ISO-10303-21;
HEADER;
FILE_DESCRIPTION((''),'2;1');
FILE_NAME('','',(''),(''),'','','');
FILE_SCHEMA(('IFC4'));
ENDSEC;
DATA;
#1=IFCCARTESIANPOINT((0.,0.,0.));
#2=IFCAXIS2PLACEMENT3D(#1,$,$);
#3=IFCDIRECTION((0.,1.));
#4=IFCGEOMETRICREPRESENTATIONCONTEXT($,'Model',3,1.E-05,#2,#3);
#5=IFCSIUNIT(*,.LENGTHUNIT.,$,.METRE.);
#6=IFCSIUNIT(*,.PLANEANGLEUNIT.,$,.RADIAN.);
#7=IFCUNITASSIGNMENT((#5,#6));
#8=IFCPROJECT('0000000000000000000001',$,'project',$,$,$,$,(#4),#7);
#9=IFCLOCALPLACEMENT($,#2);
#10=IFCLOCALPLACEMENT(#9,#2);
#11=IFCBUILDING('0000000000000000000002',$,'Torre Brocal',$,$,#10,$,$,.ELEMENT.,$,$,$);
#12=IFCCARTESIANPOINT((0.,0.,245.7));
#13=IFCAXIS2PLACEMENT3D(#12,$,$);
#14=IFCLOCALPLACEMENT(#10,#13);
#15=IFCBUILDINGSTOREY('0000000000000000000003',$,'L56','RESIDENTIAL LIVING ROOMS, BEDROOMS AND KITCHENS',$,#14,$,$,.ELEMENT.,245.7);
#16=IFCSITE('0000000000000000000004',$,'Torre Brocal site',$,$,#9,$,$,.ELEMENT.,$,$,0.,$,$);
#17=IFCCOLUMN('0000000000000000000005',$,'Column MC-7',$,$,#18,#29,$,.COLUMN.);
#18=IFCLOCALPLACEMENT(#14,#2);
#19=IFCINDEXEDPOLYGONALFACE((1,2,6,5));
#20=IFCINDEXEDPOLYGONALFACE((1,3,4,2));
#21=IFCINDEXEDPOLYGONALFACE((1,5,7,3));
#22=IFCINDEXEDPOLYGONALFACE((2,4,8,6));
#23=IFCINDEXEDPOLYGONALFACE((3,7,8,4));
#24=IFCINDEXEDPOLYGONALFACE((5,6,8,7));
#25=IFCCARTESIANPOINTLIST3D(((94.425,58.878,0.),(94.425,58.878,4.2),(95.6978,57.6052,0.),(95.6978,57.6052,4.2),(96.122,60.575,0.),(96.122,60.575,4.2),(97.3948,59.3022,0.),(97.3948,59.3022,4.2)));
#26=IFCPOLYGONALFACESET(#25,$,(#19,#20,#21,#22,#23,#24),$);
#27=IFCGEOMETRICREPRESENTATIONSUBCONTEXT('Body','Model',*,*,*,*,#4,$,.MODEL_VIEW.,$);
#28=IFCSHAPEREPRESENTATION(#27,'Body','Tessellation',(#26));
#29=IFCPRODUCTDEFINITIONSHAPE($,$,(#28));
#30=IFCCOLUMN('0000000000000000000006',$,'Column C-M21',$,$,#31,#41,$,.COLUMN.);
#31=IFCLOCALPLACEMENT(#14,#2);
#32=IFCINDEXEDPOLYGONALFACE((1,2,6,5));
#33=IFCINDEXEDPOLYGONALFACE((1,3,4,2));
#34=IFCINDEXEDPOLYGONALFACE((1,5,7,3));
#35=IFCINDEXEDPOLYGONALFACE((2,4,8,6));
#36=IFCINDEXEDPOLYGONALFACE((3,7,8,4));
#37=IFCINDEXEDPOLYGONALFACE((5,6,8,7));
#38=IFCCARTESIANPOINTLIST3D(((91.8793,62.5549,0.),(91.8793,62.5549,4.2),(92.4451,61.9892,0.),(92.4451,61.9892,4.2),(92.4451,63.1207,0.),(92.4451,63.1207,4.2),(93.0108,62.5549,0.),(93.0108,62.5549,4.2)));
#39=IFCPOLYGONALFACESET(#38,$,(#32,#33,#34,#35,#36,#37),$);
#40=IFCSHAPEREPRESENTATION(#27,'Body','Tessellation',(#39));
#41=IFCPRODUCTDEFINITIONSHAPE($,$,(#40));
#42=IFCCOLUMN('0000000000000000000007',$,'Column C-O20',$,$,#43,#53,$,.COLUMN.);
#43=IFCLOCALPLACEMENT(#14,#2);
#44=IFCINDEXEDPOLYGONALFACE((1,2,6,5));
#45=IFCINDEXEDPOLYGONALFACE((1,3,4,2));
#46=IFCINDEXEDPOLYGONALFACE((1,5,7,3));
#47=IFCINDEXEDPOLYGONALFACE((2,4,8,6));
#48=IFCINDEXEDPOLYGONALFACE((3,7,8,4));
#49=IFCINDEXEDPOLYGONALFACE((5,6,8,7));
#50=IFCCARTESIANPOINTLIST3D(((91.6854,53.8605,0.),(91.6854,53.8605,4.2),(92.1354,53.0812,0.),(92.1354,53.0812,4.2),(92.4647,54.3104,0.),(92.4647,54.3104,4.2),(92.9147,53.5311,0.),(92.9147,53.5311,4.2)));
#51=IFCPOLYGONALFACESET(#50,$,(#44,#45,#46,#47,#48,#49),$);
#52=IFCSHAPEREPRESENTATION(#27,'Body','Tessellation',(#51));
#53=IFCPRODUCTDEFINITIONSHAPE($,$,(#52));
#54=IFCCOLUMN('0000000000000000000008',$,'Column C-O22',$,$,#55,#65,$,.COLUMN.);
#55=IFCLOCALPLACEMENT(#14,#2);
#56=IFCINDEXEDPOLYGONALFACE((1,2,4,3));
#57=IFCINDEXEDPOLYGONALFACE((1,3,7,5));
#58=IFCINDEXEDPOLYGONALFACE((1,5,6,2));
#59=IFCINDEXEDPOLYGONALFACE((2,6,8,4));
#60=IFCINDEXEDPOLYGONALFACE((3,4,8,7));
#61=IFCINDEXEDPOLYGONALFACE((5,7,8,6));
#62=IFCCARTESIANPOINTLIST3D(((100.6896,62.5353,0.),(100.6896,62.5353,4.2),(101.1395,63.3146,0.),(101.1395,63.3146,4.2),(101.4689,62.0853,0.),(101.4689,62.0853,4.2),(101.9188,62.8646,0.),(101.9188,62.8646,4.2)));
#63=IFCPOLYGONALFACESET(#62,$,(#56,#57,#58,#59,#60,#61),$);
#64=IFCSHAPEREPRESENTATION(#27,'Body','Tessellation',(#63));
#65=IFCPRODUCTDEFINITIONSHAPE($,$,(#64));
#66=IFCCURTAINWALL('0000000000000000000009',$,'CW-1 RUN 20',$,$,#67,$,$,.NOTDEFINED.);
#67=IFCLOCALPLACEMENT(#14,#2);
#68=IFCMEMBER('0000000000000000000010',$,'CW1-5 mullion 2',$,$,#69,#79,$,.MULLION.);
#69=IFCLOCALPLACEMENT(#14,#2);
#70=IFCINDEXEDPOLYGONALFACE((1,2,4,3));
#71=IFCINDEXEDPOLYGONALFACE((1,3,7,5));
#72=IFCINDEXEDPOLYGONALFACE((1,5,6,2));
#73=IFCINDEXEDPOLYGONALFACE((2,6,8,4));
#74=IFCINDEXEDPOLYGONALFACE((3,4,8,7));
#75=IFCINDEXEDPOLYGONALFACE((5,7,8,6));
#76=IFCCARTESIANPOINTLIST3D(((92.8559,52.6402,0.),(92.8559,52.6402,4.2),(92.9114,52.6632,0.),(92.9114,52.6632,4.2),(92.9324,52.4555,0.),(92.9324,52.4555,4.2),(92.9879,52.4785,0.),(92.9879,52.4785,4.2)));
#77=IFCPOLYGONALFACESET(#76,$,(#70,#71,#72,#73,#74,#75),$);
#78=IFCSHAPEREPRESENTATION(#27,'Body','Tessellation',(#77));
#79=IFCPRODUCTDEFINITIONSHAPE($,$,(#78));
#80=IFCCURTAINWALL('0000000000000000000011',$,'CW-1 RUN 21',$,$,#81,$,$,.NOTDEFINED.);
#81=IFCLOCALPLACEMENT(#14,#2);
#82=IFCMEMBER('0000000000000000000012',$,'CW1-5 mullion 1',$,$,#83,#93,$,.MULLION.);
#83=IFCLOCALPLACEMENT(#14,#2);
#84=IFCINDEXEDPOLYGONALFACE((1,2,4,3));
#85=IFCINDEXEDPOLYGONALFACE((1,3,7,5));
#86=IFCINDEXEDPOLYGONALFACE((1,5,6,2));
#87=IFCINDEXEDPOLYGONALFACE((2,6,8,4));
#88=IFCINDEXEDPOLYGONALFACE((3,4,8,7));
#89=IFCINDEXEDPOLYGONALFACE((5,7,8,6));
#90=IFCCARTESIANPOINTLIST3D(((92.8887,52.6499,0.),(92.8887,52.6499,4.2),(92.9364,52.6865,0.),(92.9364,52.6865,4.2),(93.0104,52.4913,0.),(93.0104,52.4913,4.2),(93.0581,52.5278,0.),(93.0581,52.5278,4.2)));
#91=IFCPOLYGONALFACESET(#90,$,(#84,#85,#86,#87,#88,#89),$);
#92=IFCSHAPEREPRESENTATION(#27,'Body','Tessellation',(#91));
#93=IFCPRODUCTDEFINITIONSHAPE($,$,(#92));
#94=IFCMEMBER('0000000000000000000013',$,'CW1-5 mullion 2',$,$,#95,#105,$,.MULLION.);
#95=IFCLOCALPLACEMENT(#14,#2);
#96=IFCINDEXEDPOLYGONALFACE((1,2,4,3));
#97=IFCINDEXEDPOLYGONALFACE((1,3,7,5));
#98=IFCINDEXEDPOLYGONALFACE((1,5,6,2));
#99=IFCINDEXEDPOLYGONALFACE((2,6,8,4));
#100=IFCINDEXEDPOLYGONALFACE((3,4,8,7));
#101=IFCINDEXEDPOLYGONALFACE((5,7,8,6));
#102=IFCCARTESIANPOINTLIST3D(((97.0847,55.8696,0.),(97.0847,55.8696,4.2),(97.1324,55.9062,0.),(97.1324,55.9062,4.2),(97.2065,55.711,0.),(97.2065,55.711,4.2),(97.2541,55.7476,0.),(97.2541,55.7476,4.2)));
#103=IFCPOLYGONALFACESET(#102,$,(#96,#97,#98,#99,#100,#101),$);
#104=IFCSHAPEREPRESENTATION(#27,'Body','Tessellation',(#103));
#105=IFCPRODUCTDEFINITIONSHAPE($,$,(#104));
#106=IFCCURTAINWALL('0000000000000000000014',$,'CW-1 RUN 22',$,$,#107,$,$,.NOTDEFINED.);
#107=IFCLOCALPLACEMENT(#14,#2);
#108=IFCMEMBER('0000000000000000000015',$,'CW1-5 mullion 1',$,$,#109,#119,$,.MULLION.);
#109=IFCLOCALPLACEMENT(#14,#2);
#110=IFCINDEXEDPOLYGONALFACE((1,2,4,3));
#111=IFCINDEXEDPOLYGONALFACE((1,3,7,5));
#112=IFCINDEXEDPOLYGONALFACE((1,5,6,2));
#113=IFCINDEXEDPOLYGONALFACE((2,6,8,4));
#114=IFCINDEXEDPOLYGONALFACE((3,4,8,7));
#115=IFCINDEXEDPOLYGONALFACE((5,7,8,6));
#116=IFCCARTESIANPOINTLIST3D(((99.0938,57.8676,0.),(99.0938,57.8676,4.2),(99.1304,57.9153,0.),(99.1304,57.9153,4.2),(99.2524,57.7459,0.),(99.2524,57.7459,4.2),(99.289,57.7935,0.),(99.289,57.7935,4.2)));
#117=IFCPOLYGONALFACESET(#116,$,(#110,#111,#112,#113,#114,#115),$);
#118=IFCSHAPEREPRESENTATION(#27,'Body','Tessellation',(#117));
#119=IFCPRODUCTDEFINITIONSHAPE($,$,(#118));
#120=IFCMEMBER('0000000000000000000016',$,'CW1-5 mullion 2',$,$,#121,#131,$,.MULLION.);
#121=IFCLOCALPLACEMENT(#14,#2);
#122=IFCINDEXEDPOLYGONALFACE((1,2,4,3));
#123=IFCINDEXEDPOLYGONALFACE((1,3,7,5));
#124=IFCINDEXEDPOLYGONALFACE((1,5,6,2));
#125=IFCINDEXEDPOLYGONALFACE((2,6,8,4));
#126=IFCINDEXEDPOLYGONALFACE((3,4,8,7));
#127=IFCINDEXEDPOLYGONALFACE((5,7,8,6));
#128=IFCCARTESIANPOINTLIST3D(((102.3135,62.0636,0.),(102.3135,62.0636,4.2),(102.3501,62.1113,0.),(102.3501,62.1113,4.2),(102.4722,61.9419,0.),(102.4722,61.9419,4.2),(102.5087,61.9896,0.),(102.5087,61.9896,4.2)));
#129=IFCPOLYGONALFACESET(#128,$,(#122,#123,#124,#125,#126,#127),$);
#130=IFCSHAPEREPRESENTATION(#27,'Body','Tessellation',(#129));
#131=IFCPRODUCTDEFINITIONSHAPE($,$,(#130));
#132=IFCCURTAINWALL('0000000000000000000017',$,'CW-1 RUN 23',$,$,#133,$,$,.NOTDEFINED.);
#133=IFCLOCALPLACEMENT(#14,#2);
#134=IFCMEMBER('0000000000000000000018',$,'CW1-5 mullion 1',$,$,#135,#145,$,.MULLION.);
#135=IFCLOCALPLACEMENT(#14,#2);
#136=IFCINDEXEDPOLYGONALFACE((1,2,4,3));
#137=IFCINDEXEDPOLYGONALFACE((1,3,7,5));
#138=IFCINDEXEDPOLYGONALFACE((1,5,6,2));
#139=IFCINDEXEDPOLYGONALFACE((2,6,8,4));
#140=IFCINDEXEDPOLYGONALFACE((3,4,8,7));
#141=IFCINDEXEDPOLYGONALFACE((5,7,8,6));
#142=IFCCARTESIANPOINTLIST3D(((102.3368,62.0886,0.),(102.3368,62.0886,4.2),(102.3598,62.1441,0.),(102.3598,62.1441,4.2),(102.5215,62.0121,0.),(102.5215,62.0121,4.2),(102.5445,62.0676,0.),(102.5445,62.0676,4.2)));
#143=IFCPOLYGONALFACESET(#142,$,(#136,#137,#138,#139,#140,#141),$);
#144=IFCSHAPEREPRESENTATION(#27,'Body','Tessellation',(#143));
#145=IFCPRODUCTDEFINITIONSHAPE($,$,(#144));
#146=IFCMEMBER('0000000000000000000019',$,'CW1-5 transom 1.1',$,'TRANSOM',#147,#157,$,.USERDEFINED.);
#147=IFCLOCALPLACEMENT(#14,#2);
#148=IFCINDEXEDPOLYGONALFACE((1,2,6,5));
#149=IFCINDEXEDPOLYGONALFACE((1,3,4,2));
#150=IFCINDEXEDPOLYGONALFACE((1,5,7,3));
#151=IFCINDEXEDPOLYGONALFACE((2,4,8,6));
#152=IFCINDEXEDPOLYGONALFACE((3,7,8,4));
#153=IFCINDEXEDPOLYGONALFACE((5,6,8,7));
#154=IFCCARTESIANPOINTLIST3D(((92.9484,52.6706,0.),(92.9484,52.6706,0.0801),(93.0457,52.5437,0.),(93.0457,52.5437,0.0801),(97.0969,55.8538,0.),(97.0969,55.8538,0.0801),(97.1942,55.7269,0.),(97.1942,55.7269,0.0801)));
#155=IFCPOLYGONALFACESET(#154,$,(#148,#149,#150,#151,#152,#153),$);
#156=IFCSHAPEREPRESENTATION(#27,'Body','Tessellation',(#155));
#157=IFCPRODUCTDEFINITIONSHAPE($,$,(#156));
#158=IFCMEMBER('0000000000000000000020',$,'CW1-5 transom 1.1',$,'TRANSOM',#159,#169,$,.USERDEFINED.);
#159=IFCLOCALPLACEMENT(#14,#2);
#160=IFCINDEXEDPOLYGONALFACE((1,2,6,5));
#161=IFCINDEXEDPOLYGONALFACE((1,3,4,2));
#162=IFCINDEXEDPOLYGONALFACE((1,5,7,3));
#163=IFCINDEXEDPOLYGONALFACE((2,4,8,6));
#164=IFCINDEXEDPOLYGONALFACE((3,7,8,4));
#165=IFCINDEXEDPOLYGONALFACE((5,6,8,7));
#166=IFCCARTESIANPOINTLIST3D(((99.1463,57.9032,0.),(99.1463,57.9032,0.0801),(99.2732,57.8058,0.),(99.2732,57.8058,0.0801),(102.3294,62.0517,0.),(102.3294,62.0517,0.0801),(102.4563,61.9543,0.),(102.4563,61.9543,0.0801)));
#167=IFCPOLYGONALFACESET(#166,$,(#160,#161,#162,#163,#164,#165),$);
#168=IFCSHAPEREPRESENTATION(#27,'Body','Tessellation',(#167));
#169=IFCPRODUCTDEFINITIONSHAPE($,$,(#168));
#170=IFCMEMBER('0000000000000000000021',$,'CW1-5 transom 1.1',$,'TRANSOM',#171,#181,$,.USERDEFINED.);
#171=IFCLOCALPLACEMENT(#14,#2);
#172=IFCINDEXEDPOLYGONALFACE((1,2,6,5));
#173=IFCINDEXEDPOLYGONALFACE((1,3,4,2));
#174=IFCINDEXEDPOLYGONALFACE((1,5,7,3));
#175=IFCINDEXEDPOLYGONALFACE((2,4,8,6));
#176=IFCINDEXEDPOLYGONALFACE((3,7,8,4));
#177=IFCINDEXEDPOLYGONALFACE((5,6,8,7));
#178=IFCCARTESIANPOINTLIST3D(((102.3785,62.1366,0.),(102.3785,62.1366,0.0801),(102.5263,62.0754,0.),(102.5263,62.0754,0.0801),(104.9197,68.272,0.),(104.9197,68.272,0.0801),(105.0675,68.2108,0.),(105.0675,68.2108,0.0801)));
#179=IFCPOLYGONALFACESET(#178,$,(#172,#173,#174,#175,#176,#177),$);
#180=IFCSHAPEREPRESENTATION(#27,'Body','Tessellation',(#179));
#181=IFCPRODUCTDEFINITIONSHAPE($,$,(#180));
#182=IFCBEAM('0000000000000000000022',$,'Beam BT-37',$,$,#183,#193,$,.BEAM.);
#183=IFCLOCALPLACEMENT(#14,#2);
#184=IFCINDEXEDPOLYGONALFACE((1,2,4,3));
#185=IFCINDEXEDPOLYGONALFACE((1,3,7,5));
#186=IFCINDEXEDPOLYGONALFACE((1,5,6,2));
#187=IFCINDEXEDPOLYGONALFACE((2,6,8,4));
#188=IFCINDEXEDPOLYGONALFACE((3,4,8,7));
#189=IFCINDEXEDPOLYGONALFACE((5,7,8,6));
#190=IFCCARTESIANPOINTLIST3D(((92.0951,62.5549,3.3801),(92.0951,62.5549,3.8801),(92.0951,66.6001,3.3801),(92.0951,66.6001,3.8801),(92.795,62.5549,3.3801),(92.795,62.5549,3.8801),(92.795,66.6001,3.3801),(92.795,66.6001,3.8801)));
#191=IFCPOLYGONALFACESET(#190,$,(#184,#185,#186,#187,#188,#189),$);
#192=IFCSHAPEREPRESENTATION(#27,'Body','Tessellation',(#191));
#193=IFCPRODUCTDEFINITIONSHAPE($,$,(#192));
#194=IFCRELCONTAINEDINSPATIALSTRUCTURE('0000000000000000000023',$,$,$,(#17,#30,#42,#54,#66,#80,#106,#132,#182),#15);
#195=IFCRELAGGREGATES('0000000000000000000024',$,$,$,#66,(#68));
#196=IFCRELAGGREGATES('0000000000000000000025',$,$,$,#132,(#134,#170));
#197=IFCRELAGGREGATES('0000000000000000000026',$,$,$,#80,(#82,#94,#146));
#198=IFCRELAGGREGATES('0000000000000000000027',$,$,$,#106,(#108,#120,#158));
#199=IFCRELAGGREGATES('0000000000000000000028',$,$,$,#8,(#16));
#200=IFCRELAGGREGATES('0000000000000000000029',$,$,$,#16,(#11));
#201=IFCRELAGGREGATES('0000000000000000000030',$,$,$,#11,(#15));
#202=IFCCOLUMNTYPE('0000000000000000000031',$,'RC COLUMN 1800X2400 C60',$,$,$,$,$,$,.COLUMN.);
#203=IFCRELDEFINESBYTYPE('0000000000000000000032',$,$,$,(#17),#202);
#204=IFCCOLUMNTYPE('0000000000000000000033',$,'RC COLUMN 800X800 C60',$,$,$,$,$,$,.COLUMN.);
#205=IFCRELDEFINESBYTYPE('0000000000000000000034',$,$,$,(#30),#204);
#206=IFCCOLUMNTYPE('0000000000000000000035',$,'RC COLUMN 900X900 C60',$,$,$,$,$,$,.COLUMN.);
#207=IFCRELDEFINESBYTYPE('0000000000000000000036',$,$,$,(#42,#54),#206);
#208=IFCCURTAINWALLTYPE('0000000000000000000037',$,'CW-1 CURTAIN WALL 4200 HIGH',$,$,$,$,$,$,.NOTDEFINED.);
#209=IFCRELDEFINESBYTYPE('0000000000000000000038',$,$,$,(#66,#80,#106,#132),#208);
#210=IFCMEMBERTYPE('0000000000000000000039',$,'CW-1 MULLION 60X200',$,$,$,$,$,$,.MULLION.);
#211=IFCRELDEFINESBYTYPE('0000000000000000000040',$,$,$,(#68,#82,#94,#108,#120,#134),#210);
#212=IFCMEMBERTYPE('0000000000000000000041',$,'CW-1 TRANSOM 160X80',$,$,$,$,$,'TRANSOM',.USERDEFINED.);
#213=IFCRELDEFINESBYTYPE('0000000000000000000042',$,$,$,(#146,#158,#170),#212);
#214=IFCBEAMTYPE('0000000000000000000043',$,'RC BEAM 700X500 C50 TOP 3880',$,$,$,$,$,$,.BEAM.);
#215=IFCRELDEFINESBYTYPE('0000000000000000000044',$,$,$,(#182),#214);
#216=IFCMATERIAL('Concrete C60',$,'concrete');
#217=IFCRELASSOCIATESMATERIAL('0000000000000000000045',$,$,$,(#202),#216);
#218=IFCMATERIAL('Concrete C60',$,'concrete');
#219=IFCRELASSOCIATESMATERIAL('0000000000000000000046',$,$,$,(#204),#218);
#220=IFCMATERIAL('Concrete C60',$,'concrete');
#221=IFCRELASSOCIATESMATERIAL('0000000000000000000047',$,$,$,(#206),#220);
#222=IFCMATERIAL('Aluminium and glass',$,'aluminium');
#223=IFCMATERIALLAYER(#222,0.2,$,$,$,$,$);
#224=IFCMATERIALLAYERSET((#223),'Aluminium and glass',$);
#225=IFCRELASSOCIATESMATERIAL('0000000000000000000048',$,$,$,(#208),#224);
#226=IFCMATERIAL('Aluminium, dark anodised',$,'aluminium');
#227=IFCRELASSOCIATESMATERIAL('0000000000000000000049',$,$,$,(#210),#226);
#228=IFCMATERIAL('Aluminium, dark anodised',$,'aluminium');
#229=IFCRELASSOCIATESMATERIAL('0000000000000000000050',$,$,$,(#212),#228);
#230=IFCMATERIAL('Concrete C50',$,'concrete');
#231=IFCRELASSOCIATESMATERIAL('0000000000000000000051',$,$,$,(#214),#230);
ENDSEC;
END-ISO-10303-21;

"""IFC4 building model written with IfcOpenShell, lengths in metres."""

from ifc_helpers import new_model, si_unit, direction, frame, origin, origin_2d, place, context, subcontext, project, spatial, rectangle, extrude, material, layer, layer_set, material_profile, profile_set, type_object, element, aggregate, save


model = new_model("IFC4")

# Units and contexts
model_context = context("Model", 3, precision=1e-05, world=origin(), true_north=direction((0.0, 1.0)))
body_context = subcontext(model_context, "Body", "Model", "MODEL_VIEW")
ifc_project = project(units=[si_unit("LENGTHUNIT", "METRE"), si_unit("PLANEANGLEUNIT", "RADIAN")], contexts=[model_context])

# Site, building, storey
site_placement = place(None, origin())
site = spatial("IfcSite", under=ifc_project, at=site_placement, Name="Torre Brocal site", CompositionType="ELEMENT", RefElevation=0.0)
building_placement = place(site_placement, origin())
building = spatial("IfcBuilding", under=site, at=building_placement, Name="Torre Brocal", CompositionType="ELEMENT")
storey_placement = place(building_placement, frame((0.0, 0.0, 245.7)))
storey = spatial("IfcBuildingStorey", under=building, at=storey_placement, Name="L56", Description="RESIDENTIAL LIVING ROOMS, BEDROOMS AND KITCHENS", CompositionType="ELEMENT", Elevation=245.7)

# Columns
ifc_material_1 = material(Name="Concrete C60", Category="concrete")
ifc_material_profile_1 = material_profile(ifc_material_1, rectangle(XDim=1.8, YDim=2.3999, at=origin_2d()), Name="RC 1800X2400")
ifc_profile_set_1 = profile_set([ifc_material_profile_1], Name="Concrete C60")
column_type_1 = type_object("IfcColumnType", Name="RC COLUMN 1800X2400 C60", PredefinedType="COLUMN", material=ifc_profile_set_1)
column_1_placement = place(storey_placement, frame((95.9099, 59.0901, 0.0), z_axis=(0.0, 0.0, 1.0), x_axis=(0.707107, -0.707107, 0.0)))
element("IfcColumn", 1, at=column_1_placement, inside=storey, type_object=column_type_1, Name="Column MC-7", PredefinedType="COLUMN", context=body_context, shape_type="SweptSolid", body=[
    extrude(rectangle(XDim=1.8, YDim=2.3999, at=origin_2d()), origin(), (0.0, 0.0, 1.0), 4.2),
])
ifc_material_2 = material(Name="Concrete C60", Category="concrete")
ifc_material_profile_2 = material_profile(ifc_material_2, rectangle(XDim=0.8, YDim=0.8, at=origin_2d()), Name="RC 800X800")
ifc_profile_set_2 = profile_set([ifc_material_profile_2], Name="Concrete C60")
column_type_2 = type_object("IfcColumnType", Name="RC COLUMN 800X800 C60", PredefinedType="COLUMN", material=ifc_profile_set_2)
column_2_placement = place(storey_placement, frame((92.4451, 62.5549, 0.0), z_axis=(0.0, 0.0, 1.0), x_axis=(0.707107, -0.707107, 0.0)))
element("IfcColumn", 2, at=column_2_placement, inside=storey, type_object=column_type_2, Name="Column C-M21", PredefinedType="COLUMN", context=body_context, shape_type="SweptSolid", body=[
    extrude(rectangle(XDim=0.8, YDim=0.8, at=origin_2d()), origin(), (0.0, 0.0, 1.0), 4.2),
])
ifc_material_3 = material(Name="Concrete C60", Category="concrete")
ifc_material_profile_3 = material_profile(ifc_material_3, rectangle(XDim=0.8999, YDim=0.8999, at=origin_2d()), Name="RC 900X900")
ifc_profile_set_3 = profile_set([ifc_material_profile_3], Name="Concrete C60")
column_type_3 = type_object("IfcColumnType", Name="RC COLUMN 900X900 C60", PredefinedType="COLUMN", material=ifc_profile_set_3)
for number, where, z_axis, x_axis, name in (
    (3, (92.3, 53.6958, 0.0), (0.0, 0.0, 1.0), (0.5, -0.866025, 0.0), "Column C-O20"),
    (4, (101.3042, 62.7, 0.0), (0.0, 0.0, 1.0), (0.866025, -0.5, 0.0), "Column C-O22"),
):
    element("IfcColumn", number, at=place(storey_placement, frame(where, z_axis=z_axis, x_axis=x_axis)), inside=storey, type_object=column_type_3, Name=name, PredefinedType="COLUMN", context=body_context, shape_type="SweptSolid", body=[
        extrude(rectangle(XDim=0.8999, YDim=0.8999, at=origin_2d()), origin(), (0.0, 0.0, 1.0), 4.2),
    ])

# Curtain wall, member
ifc_material_4 = material(Name="Aluminium and glass", Category="aluminium")
ifc_layer_1 = layer(ifc_material_4, 0.2)
ifc_layer_set_1 = layer_set([ifc_layer_1], Name="Aluminium and glass")
curtain_wall_type = type_object("IfcCurtainWallType", Name="CW-1 CURTAIN WALL 4200 HIGH", PredefinedType="NOTDEFINED", material=ifc_layer_set_1)
curtain_wall_1_placement = place(storey_placement, origin())
curtain_wall_1 = element("IfcCurtainWall", 5, at=curtain_wall_1_placement, inside=storey, type_object=curtain_wall_type, Name="CW-1 RUN 20", PredefinedType="NOTDEFINED")
ifc_material_5 = material(Name="Aluminium, dark anodised", Category="aluminium")
ifc_material_profile_4 = material_profile(ifc_material_5, rectangle(XDim=0.2, YDim=0.0601, at=origin_2d()), Name="CW-1 MULLION 60X200")
ifc_profile_set_4 = profile_set([ifc_material_profile_4], Name="Aluminium, dark anodised")
member_type_1 = type_object("IfcMemberType", Name="CW-1 MULLION 60X200", PredefinedType="MULLION", material=ifc_profile_set_4)
member_1_placement = place(storey_placement, frame((92.9219, 52.5593, 0.0), z_axis=(0.0, 0.0, 1.0), x_axis=(-0.382683, 0.92388, 0.0)))
member_1 = element("IfcMember", 6, at=member_1_placement, type_object=member_type_1, Name="CW1-5 mullion 2", PredefinedType="MULLION", context=body_context, shape_type="SweptSolid", body=[
    extrude(rectangle(XDim=0.2, YDim=0.0601, at=origin_2d()), origin(), (0.0, 0.0, 1.0), 4.2),
])
aggregate(curtain_wall_1, [member_1])

# Curtain walls, members
curtain_wall_2_placement = place(storey_placement, origin())
curtain_wall_2 = element("IfcCurtainWall", 7, at=curtain_wall_2_placement, inside=storey, type_object=curtain_wall_type, Name="CW-1 RUN 21", PredefinedType="NOTDEFINED")
member_2_placement = place(storey_placement, frame((92.9734, 52.5889, 0.0), z_axis=(0.0, 0.0, 1.0), x_axis=(-0.608761, 0.793353, 0.0)))
member_2 = element("IfcMember", 8, at=member_2_placement, type_object=member_type_1, Name="CW1-5 mullion 1", PredefinedType="MULLION", context=body_context, shape_type="SweptSolid", body=[
    extrude(rectangle(XDim=0.2, YDim=0.0601, at=origin_2d()), origin(), (0.0, 0.0, 1.0), 4.2),
])
member_3_placement = place(storey_placement, frame((97.1694, 55.8086, 0.0), z_axis=(0.0, 0.0, 1.0), x_axis=(-0.608761, 0.793353, 0.0)))
member_3 = element("IfcMember", 9, at=member_3_placement, type_object=member_type_1, Name="CW1-5 mullion 2", PredefinedType="MULLION", context=body_context, shape_type="SweptSolid", body=[
    extrude(rectangle(XDim=0.2, YDim=0.0601, at=origin_2d()), origin(), (0.0, 0.0, 1.0), 4.2),
])
curtain_wall_3_placement = place(storey_placement, origin())
curtain_wall_3 = element("IfcCurtainWall", 10, at=curtain_wall_3_placement, inside=storey, type_object=curtain_wall_type, Name="CW-1 RUN 22", PredefinedType="NOTDEFINED")
member_4_placement = place(storey_placement, frame((99.1914, 57.8306, 0.0), z_axis=(0.0, 0.0, 1.0), x_axis=(-0.793353, 0.608761, 0.0)))
member_4 = element("IfcMember", 11, at=member_4_placement, type_object=member_type_1, Name="CW1-5 mullion 1", PredefinedType="MULLION", context=body_context, shape_type="SweptSolid", body=[
    extrude(rectangle(XDim=0.2, YDim=0.0601, at=origin_2d()), origin(), (0.0, 0.0, 1.0), 4.2),
])
member_5_placement = place(storey_placement, frame((102.4111, 62.0266, 0.0), z_axis=(0.0, 0.0, 1.0), x_axis=(-0.793353, 0.608761, 0.0)))
member_5 = element("IfcMember", 12, at=member_5_placement, type_object=member_type_1, Name="CW1-5 mullion 2", PredefinedType="MULLION", context=body_context, shape_type="SweptSolid", body=[
    extrude(rectangle(XDim=0.2, YDim=0.0601, at=origin_2d()), origin(), (0.0, 0.0, 1.0), 4.2),
])

# Curtain wall, member
curtain_wall_4_placement = place(storey_placement, origin())
curtain_wall_4 = element("IfcCurtainWall", 13, at=curtain_wall_4_placement, inside=storey, type_object=curtain_wall_type, Name="CW-1 RUN 23", PredefinedType="NOTDEFINED")
member_6_placement = place(storey_placement, frame((102.4407, 62.0781, 0.0), z_axis=(0.0, 0.0, 1.0), x_axis=(-0.92388, 0.382683, 0.0)))
member_6 = element("IfcMember", 14, at=member_6_placement, type_object=member_type_1, Name="CW1-5 mullion 1", PredefinedType="MULLION", context=body_context, shape_type="SweptSolid", body=[
    extrude(rectangle(XDim=0.2, YDim=0.0601, at=origin_2d()), origin(), (0.0, 0.0, 1.0), 4.2),
])

# Members
ifc_material_6 = material(Name="Aluminium, dark anodised", Category="aluminium")
ifc_material_profile_5 = material_profile(ifc_material_6, rectangle(XDim=0.1599, YDim=0.0801, at=origin_2d()), Name="CW-1 TRANSOM 160X80")
ifc_profile_set_5 = profile_set([ifc_material_profile_5], Name="Aluminium, dark anodised")
member_type_2 = type_object("IfcMemberType", Name="CW-1 TRANSOM 160X80", ElementType="TRANSOM", PredefinedType="USERDEFINED", material=ifc_profile_set_5)
member_7_placement = place(storey_placement, frame((92.9971, 52.6072, 0.04), z_axis=(0.793363, 0.608749, 0.0), x_axis=(-0.608749, 0.793363, 0.0)))
member_7 = element("IfcMember", 15, at=member_7_placement, type_object=member_type_2, Name="CW1-5 transom 1.1", ObjectType="TRANSOM", PredefinedType="USERDEFINED", context=body_context, shape_type="SweptSolid", body=[
    extrude(rectangle(XDim=0.1599, YDim=0.0801, at=origin_2d()), origin(), (0.0, 0.0, 1.0), 5.229),
])
member_8_placement = place(storey_placement, frame((99.2097, 57.8545, 0.04), z_axis=(0.608749, 0.793363, 0.0), x_axis=(-0.793363, 0.608749, 0.0)))
member_8 = element("IfcMember", 16, at=member_8_placement, type_object=member_type_2, Name="CW1-5 transom 1.1", ObjectType="TRANSOM", PredefinedType="USERDEFINED", context=body_context, shape_type="SweptSolid", body=[
    extrude(rectangle(XDim=0.1599, YDim=0.0801, at=origin_2d()), origin(), (0.0, 0.0, 1.0), 5.229),
])
member_9_placement = place(storey_placement, frame((102.4524, 62.106, 0.04), z_axis=(0.382665, 0.923887, 0.0), x_axis=(-0.923887, 0.382665, 0.0)))
member_9 = element("IfcMember", 17, at=member_9_placement, type_object=member_type_2, Name="CW1-5 transom 1.1", ObjectType="TRANSOM", PredefinedType="USERDEFINED", context=body_context, shape_type="SweptSolid", body=[
    extrude(rectangle(XDim=0.1599, YDim=0.0801, at=origin_2d()), origin(), (0.0, 0.0, 1.0), 6.6409),
])
aggregate(curtain_wall_4, [member_6, member_9])

# Beam
ifc_material_7 = material(Name="Concrete C50", Category="concrete")
ifc_material_profile_6 = material_profile(ifc_material_7, rectangle(XDim=0.7, YDim=0.5, at=origin_2d()), Name="RC 700X500")
ifc_profile_set_6 = profile_set([ifc_material_profile_6], Name="Concrete C50")
beam_type_1 = type_object("IfcBeamType", Name="RC BEAM 700X500 C50 TOP 3880", PredefinedType="BEAM", material=ifc_profile_set_6)
beam_placement = place(storey_placement, frame((92.4451, 62.5549, 3.6301), z_axis=(0.0, 1.0, 0.0), x_axis=(-1.0, 0.0, 0.0)))
element("IfcBeam", 18, at=beam_placement, inside=storey, type_object=beam_type_1, Name="Beam BT-37", PredefinedType="BEAM", context=body_context, shape_type="SweptSolid", body=[
    extrude(rectangle(XDim=0.7, YDim=0.5, at=origin_2d()), origin(), (0.0, 0.0, 1.0), 4.0452),
])

aggregate(curtain_wall_2, [member_2, member_3, member_7])
aggregate(curtain_wall_3, [member_4, member_5, member_8])

save(model, "model.ifc")
